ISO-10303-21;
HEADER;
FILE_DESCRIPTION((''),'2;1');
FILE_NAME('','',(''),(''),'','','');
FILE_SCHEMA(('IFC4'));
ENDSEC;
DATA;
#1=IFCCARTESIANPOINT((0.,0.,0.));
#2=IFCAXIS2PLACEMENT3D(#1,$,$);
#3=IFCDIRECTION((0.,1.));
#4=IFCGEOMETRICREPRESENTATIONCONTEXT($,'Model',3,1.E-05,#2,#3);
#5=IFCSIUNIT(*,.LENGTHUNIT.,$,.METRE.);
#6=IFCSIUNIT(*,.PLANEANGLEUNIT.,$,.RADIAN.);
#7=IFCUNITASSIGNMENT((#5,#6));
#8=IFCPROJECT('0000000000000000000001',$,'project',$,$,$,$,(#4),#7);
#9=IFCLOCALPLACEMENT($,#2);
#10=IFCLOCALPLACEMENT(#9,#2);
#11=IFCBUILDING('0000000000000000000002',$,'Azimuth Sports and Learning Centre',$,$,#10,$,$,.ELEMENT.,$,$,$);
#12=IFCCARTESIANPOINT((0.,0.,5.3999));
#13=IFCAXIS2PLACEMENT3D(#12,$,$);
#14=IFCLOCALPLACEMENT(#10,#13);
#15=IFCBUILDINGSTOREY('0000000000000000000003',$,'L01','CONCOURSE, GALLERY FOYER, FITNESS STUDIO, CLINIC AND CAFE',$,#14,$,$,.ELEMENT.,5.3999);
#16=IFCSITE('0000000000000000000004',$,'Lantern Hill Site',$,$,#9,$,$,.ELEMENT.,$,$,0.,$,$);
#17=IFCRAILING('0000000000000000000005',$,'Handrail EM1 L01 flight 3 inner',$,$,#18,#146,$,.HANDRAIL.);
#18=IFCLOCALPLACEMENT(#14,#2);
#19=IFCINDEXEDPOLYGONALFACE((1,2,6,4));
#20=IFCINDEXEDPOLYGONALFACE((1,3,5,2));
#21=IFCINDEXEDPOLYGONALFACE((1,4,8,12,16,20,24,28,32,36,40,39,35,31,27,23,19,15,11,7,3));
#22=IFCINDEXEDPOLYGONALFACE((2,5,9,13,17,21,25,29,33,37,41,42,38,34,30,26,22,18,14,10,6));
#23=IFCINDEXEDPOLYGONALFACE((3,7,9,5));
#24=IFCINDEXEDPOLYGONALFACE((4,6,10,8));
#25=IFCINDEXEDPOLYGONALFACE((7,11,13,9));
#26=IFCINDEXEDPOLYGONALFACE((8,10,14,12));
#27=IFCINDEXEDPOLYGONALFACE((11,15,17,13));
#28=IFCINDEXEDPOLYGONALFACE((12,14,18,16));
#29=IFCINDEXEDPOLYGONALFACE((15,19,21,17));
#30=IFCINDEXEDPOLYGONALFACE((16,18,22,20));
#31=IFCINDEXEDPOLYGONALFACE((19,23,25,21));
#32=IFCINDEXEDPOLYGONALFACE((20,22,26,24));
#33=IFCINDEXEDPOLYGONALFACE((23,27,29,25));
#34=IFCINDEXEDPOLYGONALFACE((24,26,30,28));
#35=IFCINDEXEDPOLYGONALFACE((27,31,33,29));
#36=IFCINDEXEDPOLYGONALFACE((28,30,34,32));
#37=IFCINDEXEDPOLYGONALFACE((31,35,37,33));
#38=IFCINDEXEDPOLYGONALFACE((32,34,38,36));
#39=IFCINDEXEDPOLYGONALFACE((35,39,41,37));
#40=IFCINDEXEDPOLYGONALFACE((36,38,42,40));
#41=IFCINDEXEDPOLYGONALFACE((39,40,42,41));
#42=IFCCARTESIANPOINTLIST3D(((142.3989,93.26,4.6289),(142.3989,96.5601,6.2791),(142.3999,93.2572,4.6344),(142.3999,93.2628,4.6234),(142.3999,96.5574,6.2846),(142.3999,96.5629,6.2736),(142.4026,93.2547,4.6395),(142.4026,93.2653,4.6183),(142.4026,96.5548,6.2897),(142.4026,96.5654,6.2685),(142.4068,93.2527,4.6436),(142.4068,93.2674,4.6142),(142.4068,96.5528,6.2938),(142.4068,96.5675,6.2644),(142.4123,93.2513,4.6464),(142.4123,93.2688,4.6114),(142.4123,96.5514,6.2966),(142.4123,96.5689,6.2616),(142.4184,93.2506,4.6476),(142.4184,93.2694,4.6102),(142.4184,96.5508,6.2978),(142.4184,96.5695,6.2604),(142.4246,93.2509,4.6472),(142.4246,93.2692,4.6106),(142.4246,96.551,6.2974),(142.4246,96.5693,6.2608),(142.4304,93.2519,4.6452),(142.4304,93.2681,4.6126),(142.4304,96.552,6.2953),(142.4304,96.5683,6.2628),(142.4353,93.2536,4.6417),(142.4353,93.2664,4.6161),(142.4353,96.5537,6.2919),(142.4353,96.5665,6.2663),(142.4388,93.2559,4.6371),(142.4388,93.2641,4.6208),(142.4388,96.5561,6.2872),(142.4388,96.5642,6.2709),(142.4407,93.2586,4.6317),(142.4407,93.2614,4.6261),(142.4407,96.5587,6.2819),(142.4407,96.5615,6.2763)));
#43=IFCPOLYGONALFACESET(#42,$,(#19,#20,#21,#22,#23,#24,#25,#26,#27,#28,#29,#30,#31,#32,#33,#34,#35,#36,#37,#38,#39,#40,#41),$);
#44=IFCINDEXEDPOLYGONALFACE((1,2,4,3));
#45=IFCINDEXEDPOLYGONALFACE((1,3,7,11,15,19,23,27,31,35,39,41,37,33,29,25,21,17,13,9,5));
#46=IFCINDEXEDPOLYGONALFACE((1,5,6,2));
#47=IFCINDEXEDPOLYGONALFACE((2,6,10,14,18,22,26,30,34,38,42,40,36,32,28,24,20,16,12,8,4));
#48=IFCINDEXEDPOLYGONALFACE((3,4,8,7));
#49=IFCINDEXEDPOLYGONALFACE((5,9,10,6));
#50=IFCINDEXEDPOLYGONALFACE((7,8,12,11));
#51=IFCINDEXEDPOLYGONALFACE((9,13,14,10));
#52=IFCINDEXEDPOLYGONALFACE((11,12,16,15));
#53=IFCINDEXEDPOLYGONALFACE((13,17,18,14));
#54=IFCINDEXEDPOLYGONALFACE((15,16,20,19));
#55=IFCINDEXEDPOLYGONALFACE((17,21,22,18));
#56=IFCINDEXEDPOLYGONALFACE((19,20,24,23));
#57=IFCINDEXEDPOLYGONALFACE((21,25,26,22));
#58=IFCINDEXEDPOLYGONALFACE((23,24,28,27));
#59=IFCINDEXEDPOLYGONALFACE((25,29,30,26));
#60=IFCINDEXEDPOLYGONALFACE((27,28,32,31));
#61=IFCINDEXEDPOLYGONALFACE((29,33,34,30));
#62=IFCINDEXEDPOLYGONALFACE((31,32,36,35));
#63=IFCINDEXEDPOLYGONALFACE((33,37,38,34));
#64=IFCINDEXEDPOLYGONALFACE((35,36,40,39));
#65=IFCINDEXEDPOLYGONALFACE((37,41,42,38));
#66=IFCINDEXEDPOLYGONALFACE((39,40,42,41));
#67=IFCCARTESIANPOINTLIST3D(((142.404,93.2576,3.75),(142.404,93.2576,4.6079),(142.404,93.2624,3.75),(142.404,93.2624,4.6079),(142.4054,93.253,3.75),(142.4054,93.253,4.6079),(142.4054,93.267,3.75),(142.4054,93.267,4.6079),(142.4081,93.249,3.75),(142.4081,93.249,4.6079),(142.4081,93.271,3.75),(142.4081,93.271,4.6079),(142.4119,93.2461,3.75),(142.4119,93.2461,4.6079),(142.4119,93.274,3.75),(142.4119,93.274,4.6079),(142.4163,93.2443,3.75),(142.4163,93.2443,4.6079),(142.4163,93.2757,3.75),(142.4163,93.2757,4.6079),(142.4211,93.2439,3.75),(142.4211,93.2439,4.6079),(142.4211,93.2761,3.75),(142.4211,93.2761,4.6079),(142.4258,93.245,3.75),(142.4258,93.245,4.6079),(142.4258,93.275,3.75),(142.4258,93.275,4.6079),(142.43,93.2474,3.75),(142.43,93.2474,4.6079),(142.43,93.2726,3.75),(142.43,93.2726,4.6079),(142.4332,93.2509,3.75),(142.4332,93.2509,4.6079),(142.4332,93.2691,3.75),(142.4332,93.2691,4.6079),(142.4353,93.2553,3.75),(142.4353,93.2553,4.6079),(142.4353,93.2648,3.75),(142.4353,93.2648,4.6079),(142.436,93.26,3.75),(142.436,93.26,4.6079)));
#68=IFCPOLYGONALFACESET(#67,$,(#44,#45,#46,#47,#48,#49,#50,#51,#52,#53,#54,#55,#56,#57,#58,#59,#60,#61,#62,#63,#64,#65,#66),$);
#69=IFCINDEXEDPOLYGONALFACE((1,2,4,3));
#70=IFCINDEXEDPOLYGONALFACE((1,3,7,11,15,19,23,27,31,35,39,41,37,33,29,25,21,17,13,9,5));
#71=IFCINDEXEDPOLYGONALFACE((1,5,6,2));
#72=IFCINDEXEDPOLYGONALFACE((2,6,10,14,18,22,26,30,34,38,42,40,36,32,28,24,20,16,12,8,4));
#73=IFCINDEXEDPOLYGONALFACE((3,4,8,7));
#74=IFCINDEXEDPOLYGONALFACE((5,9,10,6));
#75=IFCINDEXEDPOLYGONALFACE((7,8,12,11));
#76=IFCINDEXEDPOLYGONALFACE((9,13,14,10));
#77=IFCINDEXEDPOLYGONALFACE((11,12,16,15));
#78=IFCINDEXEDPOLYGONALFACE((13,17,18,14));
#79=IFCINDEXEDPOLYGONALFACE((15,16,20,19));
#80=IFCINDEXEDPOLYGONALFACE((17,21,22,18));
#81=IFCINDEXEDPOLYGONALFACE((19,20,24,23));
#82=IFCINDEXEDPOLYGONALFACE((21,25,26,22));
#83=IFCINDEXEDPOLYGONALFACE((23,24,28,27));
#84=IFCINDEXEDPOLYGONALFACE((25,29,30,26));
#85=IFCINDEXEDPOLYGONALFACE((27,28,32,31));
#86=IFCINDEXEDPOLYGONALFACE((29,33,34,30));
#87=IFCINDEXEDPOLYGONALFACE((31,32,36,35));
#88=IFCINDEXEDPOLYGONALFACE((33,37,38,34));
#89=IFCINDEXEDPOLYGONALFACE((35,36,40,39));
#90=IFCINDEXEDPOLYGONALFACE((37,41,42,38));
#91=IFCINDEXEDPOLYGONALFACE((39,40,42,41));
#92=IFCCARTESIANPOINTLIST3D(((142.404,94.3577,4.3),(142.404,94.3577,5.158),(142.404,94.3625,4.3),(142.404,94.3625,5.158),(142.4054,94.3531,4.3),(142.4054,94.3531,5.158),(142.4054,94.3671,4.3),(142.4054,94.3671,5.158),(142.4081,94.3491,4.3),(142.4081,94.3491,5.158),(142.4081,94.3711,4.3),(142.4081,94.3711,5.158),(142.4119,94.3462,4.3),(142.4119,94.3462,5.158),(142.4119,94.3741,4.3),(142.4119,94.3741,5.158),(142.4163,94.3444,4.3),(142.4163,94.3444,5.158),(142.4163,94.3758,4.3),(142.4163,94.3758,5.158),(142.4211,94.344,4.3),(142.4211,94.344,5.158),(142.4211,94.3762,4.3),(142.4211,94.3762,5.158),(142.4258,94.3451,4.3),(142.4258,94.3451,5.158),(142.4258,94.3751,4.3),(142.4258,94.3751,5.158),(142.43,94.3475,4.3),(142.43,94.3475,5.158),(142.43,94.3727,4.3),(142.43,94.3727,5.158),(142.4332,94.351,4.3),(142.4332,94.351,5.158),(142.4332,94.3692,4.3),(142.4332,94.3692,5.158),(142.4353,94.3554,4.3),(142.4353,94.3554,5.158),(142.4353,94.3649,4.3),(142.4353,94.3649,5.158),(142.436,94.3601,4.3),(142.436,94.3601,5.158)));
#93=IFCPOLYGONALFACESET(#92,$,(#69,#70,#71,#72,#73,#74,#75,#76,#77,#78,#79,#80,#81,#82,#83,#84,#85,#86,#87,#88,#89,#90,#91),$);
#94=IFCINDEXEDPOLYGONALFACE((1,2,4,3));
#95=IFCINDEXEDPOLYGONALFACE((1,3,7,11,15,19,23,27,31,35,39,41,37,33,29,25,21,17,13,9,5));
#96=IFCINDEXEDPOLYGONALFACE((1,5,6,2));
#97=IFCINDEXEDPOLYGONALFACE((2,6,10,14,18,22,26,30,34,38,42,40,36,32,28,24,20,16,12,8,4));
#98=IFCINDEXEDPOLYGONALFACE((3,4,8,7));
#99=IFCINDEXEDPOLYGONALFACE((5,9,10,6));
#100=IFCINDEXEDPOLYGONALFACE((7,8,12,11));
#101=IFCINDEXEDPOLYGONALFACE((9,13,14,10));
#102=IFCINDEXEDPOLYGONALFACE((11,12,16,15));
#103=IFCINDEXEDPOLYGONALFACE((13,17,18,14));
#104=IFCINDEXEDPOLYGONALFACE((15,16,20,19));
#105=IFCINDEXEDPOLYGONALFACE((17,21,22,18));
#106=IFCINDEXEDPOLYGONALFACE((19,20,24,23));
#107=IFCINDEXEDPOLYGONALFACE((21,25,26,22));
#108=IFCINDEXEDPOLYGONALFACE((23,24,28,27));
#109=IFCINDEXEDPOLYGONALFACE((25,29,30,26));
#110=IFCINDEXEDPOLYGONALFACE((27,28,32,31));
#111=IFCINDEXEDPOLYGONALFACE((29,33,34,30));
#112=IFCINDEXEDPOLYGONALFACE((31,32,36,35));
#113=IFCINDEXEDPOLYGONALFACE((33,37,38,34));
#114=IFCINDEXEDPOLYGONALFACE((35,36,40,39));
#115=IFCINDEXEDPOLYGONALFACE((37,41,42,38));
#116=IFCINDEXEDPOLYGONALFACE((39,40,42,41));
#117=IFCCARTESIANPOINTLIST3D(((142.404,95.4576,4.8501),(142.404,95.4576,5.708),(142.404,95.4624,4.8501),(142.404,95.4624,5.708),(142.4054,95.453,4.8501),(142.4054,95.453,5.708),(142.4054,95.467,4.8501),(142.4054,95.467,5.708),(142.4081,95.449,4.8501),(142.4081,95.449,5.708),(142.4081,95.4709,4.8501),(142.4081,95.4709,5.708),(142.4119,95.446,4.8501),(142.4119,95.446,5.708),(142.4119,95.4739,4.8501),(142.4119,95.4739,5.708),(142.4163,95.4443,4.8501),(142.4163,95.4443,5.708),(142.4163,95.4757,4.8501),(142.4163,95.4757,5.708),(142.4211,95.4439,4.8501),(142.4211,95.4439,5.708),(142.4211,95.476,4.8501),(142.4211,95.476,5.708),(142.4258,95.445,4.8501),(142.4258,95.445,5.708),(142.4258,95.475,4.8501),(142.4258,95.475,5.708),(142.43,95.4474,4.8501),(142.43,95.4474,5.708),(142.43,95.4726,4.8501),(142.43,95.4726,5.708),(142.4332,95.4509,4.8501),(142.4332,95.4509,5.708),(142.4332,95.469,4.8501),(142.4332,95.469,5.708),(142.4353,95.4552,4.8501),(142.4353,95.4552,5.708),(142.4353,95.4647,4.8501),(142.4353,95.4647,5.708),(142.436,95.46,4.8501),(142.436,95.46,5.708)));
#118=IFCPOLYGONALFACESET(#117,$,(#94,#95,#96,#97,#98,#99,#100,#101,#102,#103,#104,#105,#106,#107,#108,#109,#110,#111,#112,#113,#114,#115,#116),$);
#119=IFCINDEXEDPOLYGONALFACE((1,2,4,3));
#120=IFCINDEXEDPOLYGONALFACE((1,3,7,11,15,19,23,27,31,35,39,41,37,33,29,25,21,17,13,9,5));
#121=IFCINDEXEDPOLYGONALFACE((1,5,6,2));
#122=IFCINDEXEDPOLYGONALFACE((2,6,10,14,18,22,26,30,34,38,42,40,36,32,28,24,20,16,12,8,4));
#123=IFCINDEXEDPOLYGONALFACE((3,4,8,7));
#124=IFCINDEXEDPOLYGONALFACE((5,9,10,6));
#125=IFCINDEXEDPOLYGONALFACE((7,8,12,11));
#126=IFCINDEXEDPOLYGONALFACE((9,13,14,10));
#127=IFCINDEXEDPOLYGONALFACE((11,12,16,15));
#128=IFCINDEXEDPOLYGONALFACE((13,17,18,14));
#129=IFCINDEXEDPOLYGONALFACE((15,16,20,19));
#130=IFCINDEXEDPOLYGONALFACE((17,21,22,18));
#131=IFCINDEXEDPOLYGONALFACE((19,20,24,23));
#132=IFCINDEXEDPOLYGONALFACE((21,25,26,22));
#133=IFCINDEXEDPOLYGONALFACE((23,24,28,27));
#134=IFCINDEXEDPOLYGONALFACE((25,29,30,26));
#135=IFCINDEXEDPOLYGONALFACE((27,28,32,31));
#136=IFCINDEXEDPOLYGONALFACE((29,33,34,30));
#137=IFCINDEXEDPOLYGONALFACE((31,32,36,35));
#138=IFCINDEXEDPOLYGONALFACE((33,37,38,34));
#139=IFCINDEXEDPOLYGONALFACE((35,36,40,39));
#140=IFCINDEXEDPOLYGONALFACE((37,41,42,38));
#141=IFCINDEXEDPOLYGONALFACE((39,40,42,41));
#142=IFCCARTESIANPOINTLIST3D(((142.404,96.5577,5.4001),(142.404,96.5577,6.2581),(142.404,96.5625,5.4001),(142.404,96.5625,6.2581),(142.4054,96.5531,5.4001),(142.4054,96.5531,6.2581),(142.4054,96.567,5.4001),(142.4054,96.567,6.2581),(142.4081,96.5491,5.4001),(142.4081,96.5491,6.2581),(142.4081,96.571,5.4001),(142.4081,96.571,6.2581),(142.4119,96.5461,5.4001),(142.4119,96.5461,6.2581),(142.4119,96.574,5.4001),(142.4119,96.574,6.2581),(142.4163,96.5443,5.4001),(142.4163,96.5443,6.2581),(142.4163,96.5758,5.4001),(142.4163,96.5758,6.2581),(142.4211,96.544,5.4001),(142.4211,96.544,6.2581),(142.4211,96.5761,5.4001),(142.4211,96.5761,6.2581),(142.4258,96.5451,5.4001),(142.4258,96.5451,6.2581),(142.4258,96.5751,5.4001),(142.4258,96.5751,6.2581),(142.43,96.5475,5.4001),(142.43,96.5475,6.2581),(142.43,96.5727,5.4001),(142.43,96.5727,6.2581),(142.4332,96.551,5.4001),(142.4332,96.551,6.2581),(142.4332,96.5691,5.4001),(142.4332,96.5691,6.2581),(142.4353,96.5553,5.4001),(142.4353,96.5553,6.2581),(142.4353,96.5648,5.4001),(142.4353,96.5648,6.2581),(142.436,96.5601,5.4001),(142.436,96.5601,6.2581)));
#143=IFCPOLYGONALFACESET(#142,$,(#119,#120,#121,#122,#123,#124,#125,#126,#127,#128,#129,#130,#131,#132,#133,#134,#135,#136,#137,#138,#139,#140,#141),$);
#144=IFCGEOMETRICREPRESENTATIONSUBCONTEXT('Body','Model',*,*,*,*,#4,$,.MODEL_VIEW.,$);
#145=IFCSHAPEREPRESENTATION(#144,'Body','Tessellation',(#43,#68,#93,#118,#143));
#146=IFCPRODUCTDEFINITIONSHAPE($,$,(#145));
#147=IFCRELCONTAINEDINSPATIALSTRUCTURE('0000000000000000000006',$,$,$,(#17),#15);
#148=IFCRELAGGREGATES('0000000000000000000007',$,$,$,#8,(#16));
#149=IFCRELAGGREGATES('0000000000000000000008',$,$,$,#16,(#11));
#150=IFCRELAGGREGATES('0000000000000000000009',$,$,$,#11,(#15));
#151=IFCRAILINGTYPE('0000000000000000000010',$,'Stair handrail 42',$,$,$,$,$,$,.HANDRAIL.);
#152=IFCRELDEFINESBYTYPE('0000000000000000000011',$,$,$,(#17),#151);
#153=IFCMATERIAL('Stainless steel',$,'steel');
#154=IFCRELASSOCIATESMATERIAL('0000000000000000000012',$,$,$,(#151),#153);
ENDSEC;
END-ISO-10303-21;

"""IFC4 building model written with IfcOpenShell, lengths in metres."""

from ifc_helpers import new_model, si_unit, direction, frame, origin, origin_2d, place, context, subcontext, project, spatial, circle, extrude, material, type_object, element, save


model = new_model("IFC4")

# Units and contexts
model_context = context("Model", 3, precision=1e-05, world=origin(), true_north=direction((0.0, 1.0)))
body_context = subcontext(model_context, "Body", "Model", "MODEL_VIEW")
ifc_project = project(units=[si_unit("LENGTHUNIT", "METRE"), si_unit("PLANEANGLEUNIT", "RADIAN")], contexts=[model_context])

# Site, building, storey
site_placement = place(None, origin())
site = spatial("IfcSite", under=ifc_project, at=site_placement, Name="Lantern Hill Site", CompositionType="ELEMENT", RefElevation=0.0)
building_placement = place(site_placement, origin())
building = spatial("IfcBuilding", under=site, at=building_placement, Name="Azimuth Sports and Learning Centre", CompositionType="ELEMENT")
storey_placement = place(building_placement, frame((0.0, 0.0, 5.3999)))
storey = spatial("IfcBuildingStorey", under=building, at=storey_placement, Name="L01", Description="CONCOURSE, GALLERY FOYER, FITNESS STUDIO, CLINIC AND CAFE", CompositionType="ELEMENT", Elevation=5.3999)

# Railing
ifc_material_1 = material(Name="Stainless steel", Category="steel")
railing_type_1 = type_object("IfcRailingType", Name="Stair handrail 42", PredefinedType="HANDRAIL", material=ifc_material_1)
for number, where, name in (
    (1, (142.4199, 93.26, 3.75), "Handrail EM1 L01 flight 3 inner"),
):
    element("IfcRailing", number, at=place(storey_placement, frame(where)), inside=storey, type_object=railing_type_1, Name=name, PredefinedType="HANDRAIL", context=body_context, shape_type="SweptSolid", body=[
        extrude(circle(Radius=0.021, at=origin_2d()), frame((0.0, 0.0, 0.8789), z_axis=(0.0, 0.894414, 0.44724), x_axis=(-1.0, 0.0, 0.0)), (0.0, 0.0, 1.0), 3.6897),
        extrude(circle(Radius=0.0161, at=origin_2d()), origin(), (0.0, 0.0, 1.0), 0.8579),
        extrude(circle(Radius=0.0161, at=origin_2d()), frame((0.0, 1.1001, 0.55)), (0.0, 0.0, 1.0), 0.8579),
        extrude(circle(Radius=0.0161, at=origin_2d()), frame((0.0, 2.2, 1.1001)), (0.0, 0.0, 1.0), 0.8579),
        extrude(circle(Radius=0.0161, at=origin_2d()), frame((0.0, 3.3, 1.6501)), (0.0, 0.0, 1.0), 0.8579),
    ])

save(model, "model.ifc")
